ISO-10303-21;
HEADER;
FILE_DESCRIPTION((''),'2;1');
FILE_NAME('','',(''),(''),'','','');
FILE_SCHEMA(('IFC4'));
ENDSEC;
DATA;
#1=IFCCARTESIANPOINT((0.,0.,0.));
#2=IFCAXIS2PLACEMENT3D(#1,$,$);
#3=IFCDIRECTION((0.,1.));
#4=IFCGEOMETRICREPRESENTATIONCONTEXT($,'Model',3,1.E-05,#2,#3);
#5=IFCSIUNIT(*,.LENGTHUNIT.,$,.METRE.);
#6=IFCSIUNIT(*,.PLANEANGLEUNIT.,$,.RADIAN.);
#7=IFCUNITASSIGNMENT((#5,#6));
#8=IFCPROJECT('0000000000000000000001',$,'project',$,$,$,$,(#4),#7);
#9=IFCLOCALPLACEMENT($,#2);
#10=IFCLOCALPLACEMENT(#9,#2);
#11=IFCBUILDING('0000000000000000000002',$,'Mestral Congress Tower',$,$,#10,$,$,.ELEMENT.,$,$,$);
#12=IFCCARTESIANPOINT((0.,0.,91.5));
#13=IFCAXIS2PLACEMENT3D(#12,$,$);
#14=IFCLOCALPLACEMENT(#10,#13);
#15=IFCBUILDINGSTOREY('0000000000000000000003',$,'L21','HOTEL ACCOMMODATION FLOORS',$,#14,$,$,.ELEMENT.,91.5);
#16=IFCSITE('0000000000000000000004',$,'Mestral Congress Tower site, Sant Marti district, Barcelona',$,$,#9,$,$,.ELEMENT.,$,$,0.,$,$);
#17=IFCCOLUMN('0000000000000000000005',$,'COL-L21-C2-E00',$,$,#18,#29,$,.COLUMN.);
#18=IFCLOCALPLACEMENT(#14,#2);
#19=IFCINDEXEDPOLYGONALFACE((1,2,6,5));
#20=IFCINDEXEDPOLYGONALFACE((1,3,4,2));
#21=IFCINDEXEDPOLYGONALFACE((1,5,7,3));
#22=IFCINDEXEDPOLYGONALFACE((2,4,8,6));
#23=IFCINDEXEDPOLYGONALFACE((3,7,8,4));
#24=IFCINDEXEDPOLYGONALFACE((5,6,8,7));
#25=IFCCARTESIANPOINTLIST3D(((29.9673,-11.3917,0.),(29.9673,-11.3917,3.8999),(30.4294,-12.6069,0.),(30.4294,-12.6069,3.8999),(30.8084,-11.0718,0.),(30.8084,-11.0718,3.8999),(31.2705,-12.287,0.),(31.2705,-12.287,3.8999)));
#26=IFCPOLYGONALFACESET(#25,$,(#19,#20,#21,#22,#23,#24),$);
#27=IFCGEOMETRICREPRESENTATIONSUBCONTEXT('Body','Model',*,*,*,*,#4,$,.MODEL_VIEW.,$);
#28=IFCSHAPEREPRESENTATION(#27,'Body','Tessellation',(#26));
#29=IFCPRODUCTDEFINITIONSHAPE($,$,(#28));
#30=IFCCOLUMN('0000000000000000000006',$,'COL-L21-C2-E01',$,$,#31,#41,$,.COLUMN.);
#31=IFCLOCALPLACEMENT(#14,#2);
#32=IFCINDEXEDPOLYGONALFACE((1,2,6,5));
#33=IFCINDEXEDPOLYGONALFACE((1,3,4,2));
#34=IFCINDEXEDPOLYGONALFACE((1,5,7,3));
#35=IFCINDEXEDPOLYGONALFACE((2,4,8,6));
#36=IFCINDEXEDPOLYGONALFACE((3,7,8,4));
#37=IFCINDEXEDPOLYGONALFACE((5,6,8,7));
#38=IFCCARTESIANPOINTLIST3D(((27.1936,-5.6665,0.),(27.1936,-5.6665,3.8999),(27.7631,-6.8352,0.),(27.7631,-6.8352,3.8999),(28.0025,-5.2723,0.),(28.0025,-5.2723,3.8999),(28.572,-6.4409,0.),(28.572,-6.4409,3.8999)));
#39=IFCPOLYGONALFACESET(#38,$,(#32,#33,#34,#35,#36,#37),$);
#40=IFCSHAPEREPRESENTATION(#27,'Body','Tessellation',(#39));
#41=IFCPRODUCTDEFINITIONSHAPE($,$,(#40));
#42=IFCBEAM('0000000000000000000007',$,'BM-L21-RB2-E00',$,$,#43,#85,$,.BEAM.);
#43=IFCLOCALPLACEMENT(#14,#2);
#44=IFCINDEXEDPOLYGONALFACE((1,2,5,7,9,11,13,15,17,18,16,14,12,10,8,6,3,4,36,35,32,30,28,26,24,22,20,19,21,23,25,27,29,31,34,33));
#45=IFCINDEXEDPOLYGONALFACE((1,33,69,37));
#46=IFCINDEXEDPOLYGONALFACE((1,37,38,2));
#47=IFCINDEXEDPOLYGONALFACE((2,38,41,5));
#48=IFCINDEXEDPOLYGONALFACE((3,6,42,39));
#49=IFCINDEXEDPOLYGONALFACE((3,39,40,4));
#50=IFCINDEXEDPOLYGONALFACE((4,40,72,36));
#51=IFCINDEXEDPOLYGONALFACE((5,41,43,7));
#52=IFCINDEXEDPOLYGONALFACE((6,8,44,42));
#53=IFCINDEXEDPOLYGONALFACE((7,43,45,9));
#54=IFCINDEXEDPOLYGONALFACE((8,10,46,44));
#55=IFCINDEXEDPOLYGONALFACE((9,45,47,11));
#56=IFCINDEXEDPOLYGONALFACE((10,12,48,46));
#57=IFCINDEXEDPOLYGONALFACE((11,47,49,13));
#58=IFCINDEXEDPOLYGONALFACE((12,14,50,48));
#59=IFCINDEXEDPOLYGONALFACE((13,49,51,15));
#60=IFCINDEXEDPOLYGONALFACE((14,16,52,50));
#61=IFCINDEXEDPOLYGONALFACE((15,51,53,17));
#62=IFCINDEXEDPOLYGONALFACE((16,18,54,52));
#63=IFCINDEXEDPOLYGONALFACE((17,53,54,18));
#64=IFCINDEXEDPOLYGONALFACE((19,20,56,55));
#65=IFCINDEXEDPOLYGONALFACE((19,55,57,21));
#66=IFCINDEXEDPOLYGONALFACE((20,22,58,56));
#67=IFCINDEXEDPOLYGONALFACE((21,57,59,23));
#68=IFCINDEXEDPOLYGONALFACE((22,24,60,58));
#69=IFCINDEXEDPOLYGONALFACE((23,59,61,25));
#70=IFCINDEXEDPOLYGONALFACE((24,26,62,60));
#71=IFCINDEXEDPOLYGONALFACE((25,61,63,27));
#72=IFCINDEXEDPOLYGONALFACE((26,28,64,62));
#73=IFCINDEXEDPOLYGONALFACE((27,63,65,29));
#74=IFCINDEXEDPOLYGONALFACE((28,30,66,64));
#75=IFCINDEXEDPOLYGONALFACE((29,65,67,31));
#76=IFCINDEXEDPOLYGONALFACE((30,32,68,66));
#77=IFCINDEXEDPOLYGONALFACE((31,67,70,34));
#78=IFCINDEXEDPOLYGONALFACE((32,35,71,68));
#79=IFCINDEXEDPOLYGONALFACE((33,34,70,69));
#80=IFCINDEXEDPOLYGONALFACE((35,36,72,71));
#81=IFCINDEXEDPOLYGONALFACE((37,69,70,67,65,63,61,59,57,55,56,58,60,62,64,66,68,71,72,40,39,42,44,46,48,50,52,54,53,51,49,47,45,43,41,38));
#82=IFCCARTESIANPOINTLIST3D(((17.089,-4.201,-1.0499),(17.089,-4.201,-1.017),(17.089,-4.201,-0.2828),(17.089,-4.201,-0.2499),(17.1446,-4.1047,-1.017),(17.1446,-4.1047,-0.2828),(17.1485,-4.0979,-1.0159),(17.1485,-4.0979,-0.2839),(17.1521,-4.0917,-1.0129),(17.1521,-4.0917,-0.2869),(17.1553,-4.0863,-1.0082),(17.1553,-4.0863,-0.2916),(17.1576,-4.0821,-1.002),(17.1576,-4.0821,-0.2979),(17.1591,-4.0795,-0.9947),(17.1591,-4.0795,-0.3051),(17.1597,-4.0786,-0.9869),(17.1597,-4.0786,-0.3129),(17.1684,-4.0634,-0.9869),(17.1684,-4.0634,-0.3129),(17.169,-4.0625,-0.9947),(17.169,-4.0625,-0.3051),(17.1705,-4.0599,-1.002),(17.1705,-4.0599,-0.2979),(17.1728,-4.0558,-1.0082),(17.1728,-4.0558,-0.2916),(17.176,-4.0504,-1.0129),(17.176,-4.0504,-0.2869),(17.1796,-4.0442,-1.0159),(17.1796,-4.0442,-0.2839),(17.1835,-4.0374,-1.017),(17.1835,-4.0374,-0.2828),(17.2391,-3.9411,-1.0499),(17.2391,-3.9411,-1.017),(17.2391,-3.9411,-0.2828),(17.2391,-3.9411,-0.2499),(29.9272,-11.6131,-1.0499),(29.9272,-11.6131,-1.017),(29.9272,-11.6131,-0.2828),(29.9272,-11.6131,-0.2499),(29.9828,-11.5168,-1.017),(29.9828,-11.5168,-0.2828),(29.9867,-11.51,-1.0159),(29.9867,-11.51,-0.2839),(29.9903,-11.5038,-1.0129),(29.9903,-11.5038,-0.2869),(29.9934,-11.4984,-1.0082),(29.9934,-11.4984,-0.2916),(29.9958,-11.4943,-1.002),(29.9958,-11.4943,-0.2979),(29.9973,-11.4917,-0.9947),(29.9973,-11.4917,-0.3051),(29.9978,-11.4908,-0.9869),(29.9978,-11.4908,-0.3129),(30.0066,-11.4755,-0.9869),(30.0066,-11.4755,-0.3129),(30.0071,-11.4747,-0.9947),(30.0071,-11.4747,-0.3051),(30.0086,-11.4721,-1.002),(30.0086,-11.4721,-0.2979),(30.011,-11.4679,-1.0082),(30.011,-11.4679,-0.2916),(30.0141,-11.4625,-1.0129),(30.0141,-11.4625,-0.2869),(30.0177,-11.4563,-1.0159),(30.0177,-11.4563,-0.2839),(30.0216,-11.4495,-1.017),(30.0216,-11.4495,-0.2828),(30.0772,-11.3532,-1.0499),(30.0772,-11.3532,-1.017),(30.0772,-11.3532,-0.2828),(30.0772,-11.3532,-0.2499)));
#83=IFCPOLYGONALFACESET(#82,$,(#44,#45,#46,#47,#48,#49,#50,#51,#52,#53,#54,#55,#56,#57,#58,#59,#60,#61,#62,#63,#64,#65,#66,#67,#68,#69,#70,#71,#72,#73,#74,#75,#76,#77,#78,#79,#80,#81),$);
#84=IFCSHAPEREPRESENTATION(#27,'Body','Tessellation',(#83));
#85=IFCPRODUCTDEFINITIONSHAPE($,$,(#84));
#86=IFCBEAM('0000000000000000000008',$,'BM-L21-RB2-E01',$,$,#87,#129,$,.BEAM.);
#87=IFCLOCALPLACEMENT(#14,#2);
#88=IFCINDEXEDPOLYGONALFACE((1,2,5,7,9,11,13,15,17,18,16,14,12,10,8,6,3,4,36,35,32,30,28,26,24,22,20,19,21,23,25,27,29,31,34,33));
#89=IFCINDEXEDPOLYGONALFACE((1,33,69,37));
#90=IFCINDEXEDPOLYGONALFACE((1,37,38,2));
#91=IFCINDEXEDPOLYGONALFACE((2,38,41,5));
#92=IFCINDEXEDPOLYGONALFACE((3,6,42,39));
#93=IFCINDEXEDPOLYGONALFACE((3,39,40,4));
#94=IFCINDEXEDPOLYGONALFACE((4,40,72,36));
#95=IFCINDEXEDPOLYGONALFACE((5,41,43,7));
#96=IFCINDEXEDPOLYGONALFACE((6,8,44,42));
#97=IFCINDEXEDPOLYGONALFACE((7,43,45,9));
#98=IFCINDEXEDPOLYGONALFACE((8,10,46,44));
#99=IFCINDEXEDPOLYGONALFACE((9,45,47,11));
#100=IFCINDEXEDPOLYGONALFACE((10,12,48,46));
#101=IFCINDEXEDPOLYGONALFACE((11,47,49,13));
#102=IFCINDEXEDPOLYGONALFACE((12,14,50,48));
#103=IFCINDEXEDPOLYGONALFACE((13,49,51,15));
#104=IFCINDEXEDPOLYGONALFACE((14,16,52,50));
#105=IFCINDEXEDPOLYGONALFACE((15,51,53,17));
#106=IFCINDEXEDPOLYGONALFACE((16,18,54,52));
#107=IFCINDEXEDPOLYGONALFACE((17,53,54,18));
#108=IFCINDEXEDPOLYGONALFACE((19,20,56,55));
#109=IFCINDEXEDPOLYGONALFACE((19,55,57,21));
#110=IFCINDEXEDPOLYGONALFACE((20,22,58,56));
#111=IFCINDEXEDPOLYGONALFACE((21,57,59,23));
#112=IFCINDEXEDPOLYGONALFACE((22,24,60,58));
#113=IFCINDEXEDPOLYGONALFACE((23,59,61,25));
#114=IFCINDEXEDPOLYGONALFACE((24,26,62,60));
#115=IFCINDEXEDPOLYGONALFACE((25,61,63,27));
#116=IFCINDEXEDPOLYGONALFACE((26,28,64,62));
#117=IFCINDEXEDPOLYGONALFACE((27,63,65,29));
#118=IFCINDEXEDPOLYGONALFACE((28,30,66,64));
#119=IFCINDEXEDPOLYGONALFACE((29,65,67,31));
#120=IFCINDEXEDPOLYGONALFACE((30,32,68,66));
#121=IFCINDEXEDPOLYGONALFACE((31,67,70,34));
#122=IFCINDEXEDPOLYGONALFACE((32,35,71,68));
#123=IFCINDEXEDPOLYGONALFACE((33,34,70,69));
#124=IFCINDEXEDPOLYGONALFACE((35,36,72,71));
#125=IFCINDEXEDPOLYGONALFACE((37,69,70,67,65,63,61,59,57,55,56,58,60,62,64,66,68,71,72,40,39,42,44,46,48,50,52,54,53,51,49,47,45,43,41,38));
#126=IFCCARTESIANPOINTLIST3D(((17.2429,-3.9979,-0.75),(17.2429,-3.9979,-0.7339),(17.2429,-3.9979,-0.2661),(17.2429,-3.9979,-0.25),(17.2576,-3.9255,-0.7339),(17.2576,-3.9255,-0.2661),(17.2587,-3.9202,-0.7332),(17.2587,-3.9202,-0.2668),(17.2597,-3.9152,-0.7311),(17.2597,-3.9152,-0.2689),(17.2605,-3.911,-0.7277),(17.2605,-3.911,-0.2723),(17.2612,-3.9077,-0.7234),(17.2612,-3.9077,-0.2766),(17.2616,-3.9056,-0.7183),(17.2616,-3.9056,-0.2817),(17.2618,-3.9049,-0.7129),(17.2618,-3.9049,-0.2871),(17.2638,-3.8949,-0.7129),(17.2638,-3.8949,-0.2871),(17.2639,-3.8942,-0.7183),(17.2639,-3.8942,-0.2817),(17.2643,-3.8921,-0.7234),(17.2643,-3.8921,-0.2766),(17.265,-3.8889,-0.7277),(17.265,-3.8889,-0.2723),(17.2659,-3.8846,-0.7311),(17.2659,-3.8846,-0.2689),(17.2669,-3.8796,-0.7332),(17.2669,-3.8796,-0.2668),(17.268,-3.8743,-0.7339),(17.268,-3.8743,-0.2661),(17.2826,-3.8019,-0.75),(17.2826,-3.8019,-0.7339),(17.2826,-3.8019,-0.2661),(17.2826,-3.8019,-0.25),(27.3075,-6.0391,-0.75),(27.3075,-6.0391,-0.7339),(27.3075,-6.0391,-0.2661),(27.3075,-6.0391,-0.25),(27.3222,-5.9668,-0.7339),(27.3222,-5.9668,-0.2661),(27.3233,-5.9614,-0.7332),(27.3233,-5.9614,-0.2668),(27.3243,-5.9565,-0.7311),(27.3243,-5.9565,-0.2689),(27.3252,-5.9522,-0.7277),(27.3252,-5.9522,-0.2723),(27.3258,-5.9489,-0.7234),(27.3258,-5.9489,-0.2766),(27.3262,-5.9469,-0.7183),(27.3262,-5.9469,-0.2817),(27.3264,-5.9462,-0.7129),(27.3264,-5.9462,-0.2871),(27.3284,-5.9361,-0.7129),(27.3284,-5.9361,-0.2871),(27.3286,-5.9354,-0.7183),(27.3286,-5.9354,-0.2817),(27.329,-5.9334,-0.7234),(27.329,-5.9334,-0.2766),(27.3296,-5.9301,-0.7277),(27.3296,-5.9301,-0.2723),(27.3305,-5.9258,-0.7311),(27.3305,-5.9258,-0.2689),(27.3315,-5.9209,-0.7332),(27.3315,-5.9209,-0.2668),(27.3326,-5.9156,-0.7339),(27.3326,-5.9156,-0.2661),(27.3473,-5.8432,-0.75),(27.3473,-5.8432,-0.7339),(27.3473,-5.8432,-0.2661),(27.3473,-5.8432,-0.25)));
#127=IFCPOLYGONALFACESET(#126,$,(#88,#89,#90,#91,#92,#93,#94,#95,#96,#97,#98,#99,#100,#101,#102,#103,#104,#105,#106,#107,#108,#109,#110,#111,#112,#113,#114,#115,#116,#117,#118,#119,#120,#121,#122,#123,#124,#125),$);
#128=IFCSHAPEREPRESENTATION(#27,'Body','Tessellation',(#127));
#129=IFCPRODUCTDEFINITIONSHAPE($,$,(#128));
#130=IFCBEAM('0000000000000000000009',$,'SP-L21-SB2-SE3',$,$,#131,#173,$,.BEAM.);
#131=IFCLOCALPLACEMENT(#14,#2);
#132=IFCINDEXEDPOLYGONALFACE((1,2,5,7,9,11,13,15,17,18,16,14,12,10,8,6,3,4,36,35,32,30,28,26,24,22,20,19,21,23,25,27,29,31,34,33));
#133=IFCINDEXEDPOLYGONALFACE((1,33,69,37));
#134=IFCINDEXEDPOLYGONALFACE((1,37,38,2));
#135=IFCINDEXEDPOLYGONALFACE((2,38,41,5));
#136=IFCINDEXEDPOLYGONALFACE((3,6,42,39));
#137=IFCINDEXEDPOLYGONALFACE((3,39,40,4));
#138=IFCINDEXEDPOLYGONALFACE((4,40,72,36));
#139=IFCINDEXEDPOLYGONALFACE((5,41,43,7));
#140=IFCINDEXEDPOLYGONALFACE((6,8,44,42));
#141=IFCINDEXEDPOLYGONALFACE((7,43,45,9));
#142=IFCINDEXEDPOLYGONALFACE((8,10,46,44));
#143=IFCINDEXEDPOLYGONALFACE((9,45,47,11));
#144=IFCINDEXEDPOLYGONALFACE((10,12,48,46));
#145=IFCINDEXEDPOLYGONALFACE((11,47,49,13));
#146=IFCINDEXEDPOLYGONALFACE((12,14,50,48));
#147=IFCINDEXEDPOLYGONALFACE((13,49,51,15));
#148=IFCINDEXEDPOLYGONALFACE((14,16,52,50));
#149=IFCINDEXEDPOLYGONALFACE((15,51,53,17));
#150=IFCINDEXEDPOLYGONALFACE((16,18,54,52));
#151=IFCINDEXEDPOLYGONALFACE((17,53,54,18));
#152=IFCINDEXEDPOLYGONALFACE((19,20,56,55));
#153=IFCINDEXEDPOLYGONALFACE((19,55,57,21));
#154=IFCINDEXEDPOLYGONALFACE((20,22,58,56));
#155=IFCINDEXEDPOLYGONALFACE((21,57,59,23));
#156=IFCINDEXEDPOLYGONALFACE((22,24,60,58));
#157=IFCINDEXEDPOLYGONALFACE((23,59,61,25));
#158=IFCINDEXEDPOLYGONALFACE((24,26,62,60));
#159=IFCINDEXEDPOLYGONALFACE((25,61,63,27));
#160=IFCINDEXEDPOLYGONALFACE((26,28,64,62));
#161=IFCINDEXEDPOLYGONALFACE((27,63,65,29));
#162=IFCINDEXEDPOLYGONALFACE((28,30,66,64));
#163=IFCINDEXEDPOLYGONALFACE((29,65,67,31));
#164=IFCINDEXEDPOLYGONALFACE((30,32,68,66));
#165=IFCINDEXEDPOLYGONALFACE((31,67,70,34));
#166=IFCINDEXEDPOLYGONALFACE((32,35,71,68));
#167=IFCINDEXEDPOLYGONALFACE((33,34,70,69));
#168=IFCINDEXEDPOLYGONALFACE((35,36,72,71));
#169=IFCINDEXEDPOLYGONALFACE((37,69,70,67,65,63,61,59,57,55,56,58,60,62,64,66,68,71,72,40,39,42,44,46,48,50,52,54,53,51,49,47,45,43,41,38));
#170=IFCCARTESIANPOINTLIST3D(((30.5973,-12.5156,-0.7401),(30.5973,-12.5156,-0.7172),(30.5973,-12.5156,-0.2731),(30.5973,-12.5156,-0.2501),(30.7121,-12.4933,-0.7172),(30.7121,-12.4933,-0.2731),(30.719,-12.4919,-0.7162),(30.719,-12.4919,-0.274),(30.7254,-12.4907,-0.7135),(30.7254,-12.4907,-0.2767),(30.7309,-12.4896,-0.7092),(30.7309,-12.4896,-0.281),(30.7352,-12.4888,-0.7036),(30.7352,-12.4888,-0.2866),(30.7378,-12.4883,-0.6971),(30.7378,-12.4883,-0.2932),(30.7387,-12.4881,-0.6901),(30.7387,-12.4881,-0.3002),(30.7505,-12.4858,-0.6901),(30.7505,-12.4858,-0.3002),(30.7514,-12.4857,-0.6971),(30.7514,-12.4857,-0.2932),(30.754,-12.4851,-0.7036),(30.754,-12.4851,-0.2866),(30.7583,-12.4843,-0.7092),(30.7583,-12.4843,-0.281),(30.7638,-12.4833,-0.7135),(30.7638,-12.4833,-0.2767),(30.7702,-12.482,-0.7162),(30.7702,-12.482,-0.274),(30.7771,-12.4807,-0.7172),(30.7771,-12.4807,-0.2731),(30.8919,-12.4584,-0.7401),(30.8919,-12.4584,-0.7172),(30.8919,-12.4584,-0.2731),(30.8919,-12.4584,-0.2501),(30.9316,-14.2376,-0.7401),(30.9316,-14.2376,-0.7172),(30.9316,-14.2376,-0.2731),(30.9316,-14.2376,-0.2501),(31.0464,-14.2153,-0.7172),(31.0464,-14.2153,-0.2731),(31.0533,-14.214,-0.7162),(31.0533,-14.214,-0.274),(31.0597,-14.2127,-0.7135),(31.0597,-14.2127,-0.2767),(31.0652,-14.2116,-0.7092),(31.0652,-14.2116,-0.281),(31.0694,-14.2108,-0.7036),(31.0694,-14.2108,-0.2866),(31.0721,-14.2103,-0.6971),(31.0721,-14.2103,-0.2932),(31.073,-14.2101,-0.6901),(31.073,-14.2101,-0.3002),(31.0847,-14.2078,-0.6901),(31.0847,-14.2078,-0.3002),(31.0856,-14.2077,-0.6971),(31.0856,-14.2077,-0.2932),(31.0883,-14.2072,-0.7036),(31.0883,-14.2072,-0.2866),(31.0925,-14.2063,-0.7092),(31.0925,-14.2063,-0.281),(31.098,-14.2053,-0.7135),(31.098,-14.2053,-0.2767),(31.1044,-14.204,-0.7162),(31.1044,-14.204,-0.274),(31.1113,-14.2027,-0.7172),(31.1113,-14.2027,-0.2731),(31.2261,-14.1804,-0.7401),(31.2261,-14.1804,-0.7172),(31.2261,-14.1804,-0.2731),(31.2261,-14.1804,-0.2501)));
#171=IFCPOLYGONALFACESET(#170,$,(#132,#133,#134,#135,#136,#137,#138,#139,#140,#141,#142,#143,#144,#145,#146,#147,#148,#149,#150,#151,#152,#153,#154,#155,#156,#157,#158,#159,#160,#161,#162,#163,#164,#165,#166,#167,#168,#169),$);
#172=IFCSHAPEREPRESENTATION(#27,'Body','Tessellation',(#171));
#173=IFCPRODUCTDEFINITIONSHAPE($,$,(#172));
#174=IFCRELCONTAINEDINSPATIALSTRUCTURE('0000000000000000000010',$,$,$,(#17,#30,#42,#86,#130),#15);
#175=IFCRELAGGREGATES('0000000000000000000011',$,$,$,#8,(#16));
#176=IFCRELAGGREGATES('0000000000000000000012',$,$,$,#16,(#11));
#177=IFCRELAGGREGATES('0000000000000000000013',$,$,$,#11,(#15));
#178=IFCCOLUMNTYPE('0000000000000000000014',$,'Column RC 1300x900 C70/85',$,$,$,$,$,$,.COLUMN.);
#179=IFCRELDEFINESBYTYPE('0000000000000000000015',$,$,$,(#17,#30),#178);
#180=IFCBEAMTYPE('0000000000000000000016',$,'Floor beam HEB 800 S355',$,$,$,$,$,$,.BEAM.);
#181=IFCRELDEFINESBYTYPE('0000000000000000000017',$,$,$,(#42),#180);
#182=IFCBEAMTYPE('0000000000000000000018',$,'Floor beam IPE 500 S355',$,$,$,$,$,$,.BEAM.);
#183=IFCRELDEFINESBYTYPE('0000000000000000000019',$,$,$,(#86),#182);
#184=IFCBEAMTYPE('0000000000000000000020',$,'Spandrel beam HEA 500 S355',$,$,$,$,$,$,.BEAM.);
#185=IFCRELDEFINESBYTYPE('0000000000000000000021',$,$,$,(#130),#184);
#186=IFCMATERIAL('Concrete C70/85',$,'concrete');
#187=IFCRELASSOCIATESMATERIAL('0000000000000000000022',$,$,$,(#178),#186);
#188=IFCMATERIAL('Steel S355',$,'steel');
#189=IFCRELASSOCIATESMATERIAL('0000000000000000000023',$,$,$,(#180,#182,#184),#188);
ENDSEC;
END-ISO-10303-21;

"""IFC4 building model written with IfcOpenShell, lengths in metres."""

from ifc_helpers import new_model, si_unit, direction, frame, origin, origin_2d, place, context, subcontext, project, spatial, rectangle, i_section, extrude, material, material_profile, profile_set, type_object, element, save


model = new_model("IFC4")

# Units and contexts
model_context = context("Model", 3, precision=1e-05, world=origin(), true_north=direction((0.0, 1.0)))
body_context = subcontext(model_context, "Body", "Model", "MODEL_VIEW")
ifc_project = project(units=[si_unit("LENGTHUNIT", "METRE"), si_unit("PLANEANGLEUNIT", "RADIAN")], contexts=[model_context])

# Site, building, storey
site_placement = place(None, origin())
site = spatial("IfcSite", under=ifc_project, at=site_placement, Name="Mestral Congress Tower site, Sant Marti district, Barcelona", CompositionType="ELEMENT", RefElevation=0.0)
building_placement = place(site_placement, origin())
building = spatial("IfcBuilding", under=site, at=building_placement, Name="Mestral Congress Tower", CompositionType="ELEMENT")
storey_placement = place(building_placement, frame((0.0, 0.0, 91.5)))
storey = spatial("IfcBuildingStorey", under=building, at=storey_placement, Name="L21", Description="HOTEL ACCOMMODATION FLOORS", CompositionType="ELEMENT", Elevation=91.5)

# Columns
ifc_material_1 = material(Name="Concrete C70/85", Category="concrete")
ifc_material_profile_1 = material_profile(ifc_material_1, rectangle(XDim=1.3, YDim=0.8999, at=origin_2d()), Name="RC 1300x900")
ifc_profile_set_1 = profile_set([ifc_material_profile_1], Name="Concrete C70/85")
column_type = type_object("IfcColumnType", Name="Column RC 1300x900 C70/85", PredefinedType="COLUMN", material=ifc_profile_set_1)
for number, where, z_axis, x_axis, name in (
    (1, (30.6189, -11.8394, 0.0), (0.0, 0.0, 1.0), (-0.355494, 0.934679, 0.0), "COL-L21-C2-E00"),
    (2, (27.8828, -6.0537, 0.0), (0.0, 0.0, 1.0), (-0.438061, 0.898945, 0.0), "COL-L21-C2-E01"),
):
    element("IfcColumn", number, at=place(storey_placement, frame(where, z_axis=z_axis, x_axis=x_axis)), inside=storey, type_object=column_type, Name=name, PredefinedType="COLUMN", context=body_context, shape_type="SweptSolid", body=[
        extrude(rectangle(XDim=1.3, YDim=0.8999, at=origin_2d()), origin(), (0.0, 0.0, 1.0), 3.8999),
    ])

# Beams
ifc_material_2 = material(Name="Steel S355", Category="steel")
ifc_material_profile_2 = material_profile(ifc_material_2, i_section(OverallWidth=0.3, OverallDepth=0.8, WebThickness=0.0176, FlangeThickness=0.033, FilletRadius=0.03, at=origin_2d()), Name="HEB 800")
ifc_profile_set_2 = profile_set([ifc_material_profile_2], Name="Steel S355")
beam_type_1 = type_object("IfcBeamType", Name="Floor beam HEB 800 S355", PredefinedType="BEAM", material=ifc_profile_set_2)
beam_1_placement = place(storey_placement, frame((30.0022, -11.4832, -0.6499), z_axis=(-0.866025, 0.5, 0.0), x_axis=(-0.5, -0.866025, 0.0)))
element("IfcBeam", 3, at=beam_1_placement, inside=storey, type_object=beam_type_1, Name="BM-L21-RB2-E00", PredefinedType="BEAM", context=body_context, shape_type="SweptSolid", body=[
    extrude(i_section(OverallWidth=0.3, OverallDepth=0.8, WebThickness=0.0176, FlangeThickness=0.033, FilletRadius=0.03, at=origin_2d()), origin(), (0.0, 0.0, 1.0), 14.8242),
])
ifc_material_profile_3 = material_profile(ifc_material_2, i_section(OverallWidth=0.2, OverallDepth=0.5, WebThickness=0.0103, FlangeThickness=0.0161, FilletRadius=0.021, at=origin_2d()), Name="IPE 500")
ifc_profile_set_3 = profile_set([ifc_material_profile_3], Name="Steel S355")
beam_type_2 = type_object("IfcBeamType", Name="Floor beam IPE 500 S355", PredefinedType="BEAM", material=ifc_profile_set_3)
beam_2_placement = place(storey_placement, frame((27.3274, -5.9412, -0.5), z_axis=(-0.980047, 0.198767, 0.0), x_axis=(-0.198767, -0.980047, 0.0)))
element("IfcBeam", 4, at=beam_2_placement, inside=storey, type_object=beam_type_2, Name="BM-L21-RB2-E01", PredefinedType="BEAM", context=body_context, shape_type="SweptSolid", body=[
    extrude(i_section(OverallWidth=0.2, OverallDepth=0.5, WebThickness=0.0103, FlangeThickness=0.0161, FilletRadius=0.021, at=origin_2d()), origin(), (0.0, 0.0, 1.0), 10.2695),
])
ifc_material_profile_4 = material_profile(ifc_material_2, i_section(OverallWidth=0.3, OverallDepth=0.49, WebThickness=0.012, FlangeThickness=0.0229, FilletRadius=0.0271, at=origin_2d()), Name="HEA 500")
ifc_profile_set_4 = profile_set([ifc_material_profile_4], Name="Steel S355")
beam_type_3 = type_object("IfcBeamType", Name="Spandrel beam HEA 500 S355", PredefinedType="BEAM", material=ifc_profile_set_4)
beam_3_placement = place(storey_placement, frame((31.0789, -14.209, -0.4951), z_axis=(-0.190546, 0.981678, 0.0), x_axis=(-0.981678, -0.190546, 0.0)))
element("IfcBeam", 5, at=beam_3_placement, inside=storey, type_object=beam_type_3, Name="SP-L21-SB2-SE3", PredefinedType="BEAM", context=body_context, shape_type="SweptSolid", body=[
    extrude(i_section(OverallWidth=0.3, OverallDepth=0.49, WebThickness=0.012, FlangeThickness=0.0229, FilletRadius=0.0271, at=origin_2d()), origin(), (0.0, 0.0, 1.0), 1.7542),
])

save(model, "model.ifc")
